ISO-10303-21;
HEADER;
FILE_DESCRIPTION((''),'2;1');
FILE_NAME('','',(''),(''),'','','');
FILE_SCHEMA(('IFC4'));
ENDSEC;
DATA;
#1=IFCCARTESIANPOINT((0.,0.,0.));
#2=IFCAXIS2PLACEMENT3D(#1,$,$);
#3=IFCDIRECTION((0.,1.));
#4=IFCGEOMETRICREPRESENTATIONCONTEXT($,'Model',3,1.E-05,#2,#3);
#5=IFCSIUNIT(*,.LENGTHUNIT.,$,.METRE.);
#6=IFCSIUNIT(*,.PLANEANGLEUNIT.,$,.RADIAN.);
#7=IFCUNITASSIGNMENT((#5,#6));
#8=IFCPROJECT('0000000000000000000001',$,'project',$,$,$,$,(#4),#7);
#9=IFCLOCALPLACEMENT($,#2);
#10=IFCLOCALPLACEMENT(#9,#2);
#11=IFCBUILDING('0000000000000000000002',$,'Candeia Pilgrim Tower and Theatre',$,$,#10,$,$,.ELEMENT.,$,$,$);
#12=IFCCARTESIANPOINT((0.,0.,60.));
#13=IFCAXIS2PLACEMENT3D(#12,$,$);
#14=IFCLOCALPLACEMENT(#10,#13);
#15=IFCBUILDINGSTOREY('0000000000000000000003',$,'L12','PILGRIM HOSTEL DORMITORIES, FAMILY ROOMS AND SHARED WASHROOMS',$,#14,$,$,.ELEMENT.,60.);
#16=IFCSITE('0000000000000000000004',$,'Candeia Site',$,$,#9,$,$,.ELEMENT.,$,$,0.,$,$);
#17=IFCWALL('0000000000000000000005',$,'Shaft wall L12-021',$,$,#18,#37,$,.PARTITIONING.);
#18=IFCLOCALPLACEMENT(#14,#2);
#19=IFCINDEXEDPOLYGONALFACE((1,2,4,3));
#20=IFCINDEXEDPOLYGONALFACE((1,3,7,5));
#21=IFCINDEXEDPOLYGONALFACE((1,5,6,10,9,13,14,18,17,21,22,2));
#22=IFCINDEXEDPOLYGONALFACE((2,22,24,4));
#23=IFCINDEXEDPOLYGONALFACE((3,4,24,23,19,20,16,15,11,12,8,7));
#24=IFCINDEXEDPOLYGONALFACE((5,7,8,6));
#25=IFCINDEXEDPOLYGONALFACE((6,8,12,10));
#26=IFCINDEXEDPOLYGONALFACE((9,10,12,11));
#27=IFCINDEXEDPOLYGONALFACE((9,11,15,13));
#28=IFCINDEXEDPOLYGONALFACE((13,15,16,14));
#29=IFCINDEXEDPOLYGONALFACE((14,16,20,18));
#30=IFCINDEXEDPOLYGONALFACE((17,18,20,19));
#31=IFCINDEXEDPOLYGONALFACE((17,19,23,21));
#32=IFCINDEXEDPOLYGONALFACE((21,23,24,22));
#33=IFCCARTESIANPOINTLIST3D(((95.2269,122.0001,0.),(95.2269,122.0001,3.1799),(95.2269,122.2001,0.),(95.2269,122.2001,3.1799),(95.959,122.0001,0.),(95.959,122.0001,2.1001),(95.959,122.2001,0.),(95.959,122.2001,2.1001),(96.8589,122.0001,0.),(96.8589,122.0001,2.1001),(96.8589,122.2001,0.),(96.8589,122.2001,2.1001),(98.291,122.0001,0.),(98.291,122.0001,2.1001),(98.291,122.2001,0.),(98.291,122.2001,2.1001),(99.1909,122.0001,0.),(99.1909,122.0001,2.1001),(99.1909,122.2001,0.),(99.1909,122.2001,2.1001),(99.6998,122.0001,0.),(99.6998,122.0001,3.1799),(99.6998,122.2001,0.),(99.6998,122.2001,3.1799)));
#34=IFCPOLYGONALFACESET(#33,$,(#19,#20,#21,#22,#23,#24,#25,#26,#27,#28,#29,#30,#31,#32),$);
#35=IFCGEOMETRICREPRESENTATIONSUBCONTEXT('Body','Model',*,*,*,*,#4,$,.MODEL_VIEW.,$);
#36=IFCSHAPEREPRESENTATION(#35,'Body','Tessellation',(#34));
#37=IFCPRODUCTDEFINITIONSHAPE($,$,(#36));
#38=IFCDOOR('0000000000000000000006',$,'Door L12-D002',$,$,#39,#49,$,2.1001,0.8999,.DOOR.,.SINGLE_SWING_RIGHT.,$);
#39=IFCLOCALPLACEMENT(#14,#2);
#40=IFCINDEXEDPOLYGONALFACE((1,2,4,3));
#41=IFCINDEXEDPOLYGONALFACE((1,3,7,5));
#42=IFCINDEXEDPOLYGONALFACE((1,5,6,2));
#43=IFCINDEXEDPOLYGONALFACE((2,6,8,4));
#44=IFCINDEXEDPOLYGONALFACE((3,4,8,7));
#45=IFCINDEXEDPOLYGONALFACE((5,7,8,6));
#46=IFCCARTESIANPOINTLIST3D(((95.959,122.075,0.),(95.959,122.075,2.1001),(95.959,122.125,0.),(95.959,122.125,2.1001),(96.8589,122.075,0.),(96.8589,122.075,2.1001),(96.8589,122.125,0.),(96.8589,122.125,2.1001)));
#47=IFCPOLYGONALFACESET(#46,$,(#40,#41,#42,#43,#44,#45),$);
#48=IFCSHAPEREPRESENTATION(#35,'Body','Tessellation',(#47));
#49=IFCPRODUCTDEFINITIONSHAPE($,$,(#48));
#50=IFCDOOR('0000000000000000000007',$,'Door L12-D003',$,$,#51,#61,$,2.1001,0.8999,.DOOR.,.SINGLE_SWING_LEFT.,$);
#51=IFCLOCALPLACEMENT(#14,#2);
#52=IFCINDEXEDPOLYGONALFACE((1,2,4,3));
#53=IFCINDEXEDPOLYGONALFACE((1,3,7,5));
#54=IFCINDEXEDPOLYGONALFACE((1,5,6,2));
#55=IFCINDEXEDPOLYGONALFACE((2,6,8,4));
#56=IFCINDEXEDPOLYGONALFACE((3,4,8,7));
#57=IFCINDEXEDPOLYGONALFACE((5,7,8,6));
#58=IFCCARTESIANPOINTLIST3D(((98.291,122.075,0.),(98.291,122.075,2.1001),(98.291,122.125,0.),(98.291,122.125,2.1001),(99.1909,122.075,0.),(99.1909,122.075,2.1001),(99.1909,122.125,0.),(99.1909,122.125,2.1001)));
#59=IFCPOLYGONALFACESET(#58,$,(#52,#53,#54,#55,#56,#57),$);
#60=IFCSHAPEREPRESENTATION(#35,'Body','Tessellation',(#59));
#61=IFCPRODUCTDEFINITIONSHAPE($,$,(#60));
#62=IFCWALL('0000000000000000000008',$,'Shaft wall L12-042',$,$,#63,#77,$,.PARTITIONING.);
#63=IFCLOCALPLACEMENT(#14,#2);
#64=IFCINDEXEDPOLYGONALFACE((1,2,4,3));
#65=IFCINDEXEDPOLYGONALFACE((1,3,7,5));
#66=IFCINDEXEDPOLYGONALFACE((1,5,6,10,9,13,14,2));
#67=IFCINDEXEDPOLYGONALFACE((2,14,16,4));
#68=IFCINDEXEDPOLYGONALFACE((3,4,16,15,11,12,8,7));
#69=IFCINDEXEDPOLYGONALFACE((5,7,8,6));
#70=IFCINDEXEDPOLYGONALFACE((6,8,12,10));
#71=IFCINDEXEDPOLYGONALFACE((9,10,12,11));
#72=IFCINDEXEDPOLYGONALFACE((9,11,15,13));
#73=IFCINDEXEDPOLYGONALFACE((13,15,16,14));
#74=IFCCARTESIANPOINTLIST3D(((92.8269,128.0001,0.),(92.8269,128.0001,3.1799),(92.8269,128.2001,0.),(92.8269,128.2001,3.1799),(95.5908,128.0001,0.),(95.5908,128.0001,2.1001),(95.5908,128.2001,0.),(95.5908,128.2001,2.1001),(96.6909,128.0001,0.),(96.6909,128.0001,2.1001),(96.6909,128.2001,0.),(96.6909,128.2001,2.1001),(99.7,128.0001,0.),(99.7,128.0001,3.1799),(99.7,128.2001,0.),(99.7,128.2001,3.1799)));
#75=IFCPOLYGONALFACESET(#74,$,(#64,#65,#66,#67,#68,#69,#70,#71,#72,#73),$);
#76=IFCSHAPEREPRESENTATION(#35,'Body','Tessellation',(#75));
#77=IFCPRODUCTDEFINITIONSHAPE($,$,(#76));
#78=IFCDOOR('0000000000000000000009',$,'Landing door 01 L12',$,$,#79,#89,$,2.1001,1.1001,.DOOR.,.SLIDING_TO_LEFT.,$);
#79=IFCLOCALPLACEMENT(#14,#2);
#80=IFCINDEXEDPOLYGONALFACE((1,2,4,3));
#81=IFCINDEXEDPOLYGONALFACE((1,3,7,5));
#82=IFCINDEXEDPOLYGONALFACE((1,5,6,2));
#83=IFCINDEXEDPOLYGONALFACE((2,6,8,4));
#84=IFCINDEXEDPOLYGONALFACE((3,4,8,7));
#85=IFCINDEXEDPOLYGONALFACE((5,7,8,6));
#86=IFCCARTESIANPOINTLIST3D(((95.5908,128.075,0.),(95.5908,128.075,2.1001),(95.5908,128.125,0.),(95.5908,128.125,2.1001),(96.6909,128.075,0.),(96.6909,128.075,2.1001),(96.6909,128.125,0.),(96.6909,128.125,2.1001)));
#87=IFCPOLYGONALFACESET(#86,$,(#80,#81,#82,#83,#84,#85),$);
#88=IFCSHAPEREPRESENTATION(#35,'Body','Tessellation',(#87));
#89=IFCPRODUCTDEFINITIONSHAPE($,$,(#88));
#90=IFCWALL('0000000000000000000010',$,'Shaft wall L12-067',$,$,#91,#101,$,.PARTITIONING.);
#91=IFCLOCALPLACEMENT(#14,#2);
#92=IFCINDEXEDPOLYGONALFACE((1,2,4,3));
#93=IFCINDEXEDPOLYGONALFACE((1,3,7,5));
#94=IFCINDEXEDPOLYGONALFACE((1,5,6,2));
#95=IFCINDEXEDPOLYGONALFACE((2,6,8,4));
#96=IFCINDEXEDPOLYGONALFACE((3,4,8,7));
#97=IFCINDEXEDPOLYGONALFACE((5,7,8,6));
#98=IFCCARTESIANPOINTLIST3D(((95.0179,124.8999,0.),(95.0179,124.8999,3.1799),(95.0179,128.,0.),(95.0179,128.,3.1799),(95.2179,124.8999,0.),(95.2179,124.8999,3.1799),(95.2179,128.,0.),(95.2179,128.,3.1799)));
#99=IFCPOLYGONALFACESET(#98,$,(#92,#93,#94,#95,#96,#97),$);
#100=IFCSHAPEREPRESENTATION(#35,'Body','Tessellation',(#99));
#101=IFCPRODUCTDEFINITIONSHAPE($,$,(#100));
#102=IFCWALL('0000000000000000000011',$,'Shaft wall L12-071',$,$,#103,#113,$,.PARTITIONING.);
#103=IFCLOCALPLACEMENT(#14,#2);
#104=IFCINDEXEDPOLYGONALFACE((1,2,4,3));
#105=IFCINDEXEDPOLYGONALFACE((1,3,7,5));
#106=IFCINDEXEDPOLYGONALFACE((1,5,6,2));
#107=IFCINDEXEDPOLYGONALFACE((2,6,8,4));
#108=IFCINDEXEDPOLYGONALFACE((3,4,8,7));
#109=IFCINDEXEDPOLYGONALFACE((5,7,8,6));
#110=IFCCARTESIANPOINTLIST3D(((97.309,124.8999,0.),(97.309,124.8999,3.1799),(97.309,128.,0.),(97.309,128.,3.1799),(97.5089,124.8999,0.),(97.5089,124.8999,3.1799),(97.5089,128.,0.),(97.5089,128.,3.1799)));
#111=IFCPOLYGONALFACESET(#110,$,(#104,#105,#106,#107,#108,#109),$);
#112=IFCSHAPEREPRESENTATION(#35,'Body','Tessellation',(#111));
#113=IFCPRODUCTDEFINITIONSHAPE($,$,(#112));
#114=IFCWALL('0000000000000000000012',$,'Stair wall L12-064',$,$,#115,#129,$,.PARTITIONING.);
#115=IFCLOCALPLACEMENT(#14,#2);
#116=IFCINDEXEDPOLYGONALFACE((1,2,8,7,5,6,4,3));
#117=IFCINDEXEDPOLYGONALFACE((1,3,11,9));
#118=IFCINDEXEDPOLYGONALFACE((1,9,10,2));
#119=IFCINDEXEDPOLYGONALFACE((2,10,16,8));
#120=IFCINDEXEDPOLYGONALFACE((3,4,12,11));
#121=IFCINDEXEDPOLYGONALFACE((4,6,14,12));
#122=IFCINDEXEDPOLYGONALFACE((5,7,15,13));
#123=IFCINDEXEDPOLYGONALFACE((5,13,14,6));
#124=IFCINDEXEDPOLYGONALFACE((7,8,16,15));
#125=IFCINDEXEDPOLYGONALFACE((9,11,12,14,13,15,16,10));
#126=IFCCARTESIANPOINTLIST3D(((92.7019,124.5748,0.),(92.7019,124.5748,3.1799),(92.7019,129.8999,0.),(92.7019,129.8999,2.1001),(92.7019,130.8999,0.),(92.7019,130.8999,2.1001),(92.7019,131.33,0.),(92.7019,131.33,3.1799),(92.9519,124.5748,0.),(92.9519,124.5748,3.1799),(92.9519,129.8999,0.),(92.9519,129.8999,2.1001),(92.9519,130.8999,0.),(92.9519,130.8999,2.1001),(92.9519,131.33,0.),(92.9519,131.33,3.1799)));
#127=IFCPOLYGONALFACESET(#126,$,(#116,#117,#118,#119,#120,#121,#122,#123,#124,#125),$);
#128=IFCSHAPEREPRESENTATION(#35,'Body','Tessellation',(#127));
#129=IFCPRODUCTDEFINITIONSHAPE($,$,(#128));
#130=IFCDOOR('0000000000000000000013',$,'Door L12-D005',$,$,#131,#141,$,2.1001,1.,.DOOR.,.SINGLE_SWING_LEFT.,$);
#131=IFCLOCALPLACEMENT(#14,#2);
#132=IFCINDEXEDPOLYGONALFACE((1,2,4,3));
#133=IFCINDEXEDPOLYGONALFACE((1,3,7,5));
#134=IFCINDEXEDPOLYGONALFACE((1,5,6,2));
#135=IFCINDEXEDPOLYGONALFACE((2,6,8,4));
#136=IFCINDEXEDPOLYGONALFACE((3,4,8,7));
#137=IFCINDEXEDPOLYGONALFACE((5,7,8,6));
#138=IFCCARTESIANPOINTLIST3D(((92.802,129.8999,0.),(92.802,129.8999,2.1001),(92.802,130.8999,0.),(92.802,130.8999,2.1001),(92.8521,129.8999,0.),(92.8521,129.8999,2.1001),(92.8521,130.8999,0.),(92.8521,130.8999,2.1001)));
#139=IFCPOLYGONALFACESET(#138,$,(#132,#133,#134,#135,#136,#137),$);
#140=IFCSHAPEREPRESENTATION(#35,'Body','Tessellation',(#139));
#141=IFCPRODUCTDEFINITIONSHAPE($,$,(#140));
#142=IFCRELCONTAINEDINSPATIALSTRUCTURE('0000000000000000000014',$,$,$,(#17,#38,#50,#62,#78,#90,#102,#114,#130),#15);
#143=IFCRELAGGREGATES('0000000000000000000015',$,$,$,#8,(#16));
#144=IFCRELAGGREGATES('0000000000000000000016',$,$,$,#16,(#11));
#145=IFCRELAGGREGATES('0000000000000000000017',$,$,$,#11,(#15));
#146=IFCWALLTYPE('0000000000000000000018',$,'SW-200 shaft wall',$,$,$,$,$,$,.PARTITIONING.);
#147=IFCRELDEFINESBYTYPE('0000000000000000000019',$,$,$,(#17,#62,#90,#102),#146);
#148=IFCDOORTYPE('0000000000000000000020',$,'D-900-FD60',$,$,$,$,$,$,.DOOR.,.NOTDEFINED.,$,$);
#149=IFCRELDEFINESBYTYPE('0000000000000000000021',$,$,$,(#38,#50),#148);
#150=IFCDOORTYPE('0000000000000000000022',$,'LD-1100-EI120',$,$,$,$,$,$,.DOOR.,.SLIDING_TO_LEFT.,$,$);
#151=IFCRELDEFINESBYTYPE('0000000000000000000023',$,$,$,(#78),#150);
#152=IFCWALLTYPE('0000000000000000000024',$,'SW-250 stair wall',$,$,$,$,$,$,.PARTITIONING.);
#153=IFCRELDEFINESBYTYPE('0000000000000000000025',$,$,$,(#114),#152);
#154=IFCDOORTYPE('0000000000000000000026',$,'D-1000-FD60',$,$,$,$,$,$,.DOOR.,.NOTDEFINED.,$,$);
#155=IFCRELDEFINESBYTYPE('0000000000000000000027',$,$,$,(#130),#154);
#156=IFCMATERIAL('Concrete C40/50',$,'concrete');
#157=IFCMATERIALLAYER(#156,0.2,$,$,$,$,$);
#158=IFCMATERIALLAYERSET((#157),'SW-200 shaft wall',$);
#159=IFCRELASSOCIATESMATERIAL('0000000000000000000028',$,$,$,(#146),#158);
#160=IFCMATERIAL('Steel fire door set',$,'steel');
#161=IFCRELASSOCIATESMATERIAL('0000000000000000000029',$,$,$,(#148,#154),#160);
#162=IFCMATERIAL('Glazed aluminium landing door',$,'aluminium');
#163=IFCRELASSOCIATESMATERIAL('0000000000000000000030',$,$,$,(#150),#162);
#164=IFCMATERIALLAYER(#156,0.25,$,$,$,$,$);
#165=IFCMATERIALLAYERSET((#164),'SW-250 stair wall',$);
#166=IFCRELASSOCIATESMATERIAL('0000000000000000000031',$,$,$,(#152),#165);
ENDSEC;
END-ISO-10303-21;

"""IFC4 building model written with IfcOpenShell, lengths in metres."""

from ifc_helpers import new_model, si_unit, direction, frame, frame_2d, origin, place, context, subcontext, project, spatial, rectangle, extrude, material, layer, layer_set, type_object, element, fill, save


model = new_model("IFC4")

# Units and contexts
model_context = context("Model", 3, precision=1e-05, world=origin(), true_north=direction((0.0, 1.0)))
body_context = subcontext(model_context, "Body", "Model", "MODEL_VIEW")
ifc_project = project(units=[si_unit("LENGTHUNIT", "METRE"), si_unit("PLANEANGLEUNIT", "RADIAN")], contexts=[model_context])

# Site, building, storey
site_placement = place(None, origin())
site = spatial("IfcSite", under=ifc_project, at=site_placement, Name="Candeia Site", CompositionType="ELEMENT", RefElevation=0.0)
building_placement = place(site_placement, origin())
building = spatial("IfcBuilding", under=site, at=building_placement, Name="Candeia Pilgrim Tower and Theatre", CompositionType="ELEMENT")
storey_placement = place(building_placement, frame((0.0, 0.0, 60.0)))
storey = spatial("IfcBuildingStorey", under=building, at=storey_placement, Name="L12", Description="PILGRIM HOSTEL DORMITORIES, FAMILY ROOMS AND SHARED WASHROOMS", CompositionType="ELEMENT", Elevation=60.0)

# Shared definitions
ifc_material_1 = material(Name="Steel fire door set", Category="steel")

# Wall, openings, doors
ifc_material_2 = material(Name="Concrete C40/50", Category="concrete")
ifc_layer_1 = layer(ifc_material_2, 0.2)
ifc_layer_set_1 = layer_set([ifc_layer_1], Name="SW-200 shaft wall")
wall_type_1 = type_object("IfcWallType", Name="SW-200 shaft wall", PredefinedType="PARTITIONING", material=ifc_layer_set_1)
wall_1_placement = place(storey_placement, frame((95.2271, 122.1001, 0.0), z_axis=(0.0, 0.0, 1.0), x_axis=(1.0, 0.0, 0.0)))
wall_1 = element("IfcWall", 1, at=wall_1_placement, inside=storey, type_object=wall_type_1, Name="Shaft wall L12-021", PredefinedType="PARTITIONING", context=body_context, shape_type="SweptSolid", body=[
    extrude(rectangle(XDim=4.4729, YDim=0.2, at=frame_2d((2.2363, 0.0))), origin(), (0.0, 0.0, 1.0), 3.1799),
])
opening_1_placement = place(wall_1_placement, frame((0.7319, 0.0, 0.0)))
opening_1 = element("IfcOpeningElement", 2, at=opening_1_placement, cuts=wall_1, PredefinedType="OPENING", context=body_context, shape_type="SweptSolid", body=[
    extrude(rectangle(XDim=0.8999, YDim=2.1001, at=frame_2d((0.45, 1.05))), frame((0.0, 0.1099, 0.0), z_axis=(0.0, -1.0, 0.0), x_axis=(1.0, 0.0, 0.0)), (0.0, 0.0, 1.0), 0.22),
])
opening_2_placement = place(wall_1_placement, frame((3.064, 0.0, 0.0)))
opening_2 = element("IfcOpeningElement", 3, at=opening_2_placement, cuts=wall_1, PredefinedType="OPENING", context=body_context, shape_type="SweptSolid", body=[
    extrude(rectangle(XDim=0.8999, YDim=2.1001, at=frame_2d((0.45, 1.05))), frame((0.0, 0.1099, 0.0), z_axis=(0.0, -1.0, 0.0), x_axis=(1.0, 0.0, 0.0)), (0.0, 0.0, 1.0), 0.22),
])
door_type_1 = type_object("IfcDoorType", Name="D-900-FD60", OperationType="NOTDEFINED", PredefinedType="DOOR", material=ifc_material_1)
door_1_placement = place(opening_1_placement, origin())
door_1 = element("IfcDoor", 4, at=door_1_placement, inside=storey, type_object=door_type_1, Name="Door L12-D002", OperationType="SINGLE_SWING_RIGHT", OverallHeight=2.1001, OverallWidth=0.8999, PredefinedType="DOOR", context=body_context, shape_type="SweptSolid", body=[
    extrude(rectangle(XDim=0.8999, YDim=2.1001, at=frame_2d((0.45, 1.05))), frame((0.0, 0.0249, 0.0), z_axis=(0.0, -1.0, 0.0), x_axis=(1.0, 0.0, 0.0)), (0.0, 0.0, 1.0), 0.05),
])
fill(opening_1, door_1)
door_2_placement = place(opening_2_placement, origin())
door_2 = element("IfcDoor", 5, at=door_2_placement, inside=storey, type_object=door_type_1, Name="Door L12-D003", OperationType="SINGLE_SWING_LEFT", OverallHeight=2.1001, OverallWidth=0.8999, PredefinedType="DOOR", context=body_context, shape_type="SweptSolid", body=[
    extrude(rectangle(XDim=0.8999, YDim=2.1001, at=frame_2d((0.45, 1.05))), frame((0.0, 0.0249, 0.0), z_axis=(0.0, -1.0, 0.0), x_axis=(1.0, 0.0, 0.0)), (0.0, 0.0, 1.0), 0.05),
])
fill(opening_2, door_2)

# Wall, opening, door
wall_2_placement = place(storey_placement, frame((92.8269, 128.1001, 0.0), z_axis=(0.0, 0.0, 1.0), x_axis=(1.0, 0.0, 0.0)))
wall_2 = element("IfcWall", 6, at=wall_2_placement, inside=storey, type_object=wall_type_1, Name="Shaft wall L12-042", PredefinedType="PARTITIONING", context=body_context, shape_type="SweptSolid", body=[
    extrude(rectangle(XDim=6.873, YDim=0.2, at=frame_2d((3.4365, 0.0))), origin(), (0.0, 0.0, 1.0), 3.1799),
])
opening_3_placement = place(wall_2_placement, frame((2.7639, 0.0, 0.0)))
opening_3 = element("IfcOpeningElement", 7, at=opening_3_placement, cuts=wall_2, PredefinedType="OPENING", context=body_context, shape_type="SweptSolid", body=[
    extrude(rectangle(XDim=1.1001, YDim=2.1001, at=frame_2d((0.55, 1.05))), frame((0.0, 0.1099, 0.0), z_axis=(0.0, -1.0, 0.0), x_axis=(1.0, 0.0, 0.0)), (0.0, 0.0, 1.0), 0.22),
])
ifc_material_3 = material(Name="Glazed aluminium landing door", Category="aluminium")
door_type_2 = type_object("IfcDoorType", Name="LD-1100-EI120", OperationType="SLIDING_TO_LEFT", PredefinedType="DOOR", material=ifc_material_3)
door_3_placement = place(opening_3_placement, origin())
door_3 = element("IfcDoor", 8, at=door_3_placement, inside=storey, type_object=door_type_2, Name="Landing door 01 L12", OperationType="SLIDING_TO_LEFT", OverallHeight=2.1001, OverallWidth=1.1001, PredefinedType="DOOR", context=body_context, shape_type="SweptSolid", body=[
    extrude(rectangle(XDim=1.1001, YDim=2.1001, at=frame_2d((0.55, 1.05))), frame((0.0, 0.0249, 0.0), z_axis=(0.0, -1.0, 0.0), x_axis=(1.0, 0.0, 0.0)), (0.0, 0.0, 1.0), 0.05),
])
fill(opening_3, door_3)

# Walls
for number, where, z_axis, x_axis, name in (
    (9, (95.1179, 124.8999, 0.0), (0.0, 0.0, 1.0), (0.0, 1.0, 0.0), "Shaft wall L12-067"),
    (10, (97.4089, 124.8999, 0.0), (0.0, 0.0, 1.0), (0.0, 1.0, 0.0), "Shaft wall L12-071"),
):
    element("IfcWall", number, at=place(storey_placement, frame(where, z_axis=z_axis, x_axis=x_axis)), inside=storey, type_object=wall_type_1, Name=name, PredefinedType="PARTITIONING", context=body_context, shape_type="SweptSolid", body=[
        extrude(rectangle(XDim=3.1001, YDim=0.2, at=frame_2d((1.55, 0.0))), origin(), (0.0, 0.0, 1.0), 3.1799),
    ])

# Wall, opening, door
ifc_layer_2 = layer(ifc_material_2, 0.25)
ifc_layer_set_2 = layer_set([ifc_layer_2], Name="SW-250 stair wall")
wall_type_2 = type_object("IfcWallType", Name="SW-250 stair wall", PredefinedType="PARTITIONING", material=ifc_layer_set_2)
wall_3_placement = place(storey_placement, frame((92.8269, 124.575, 0.0), z_axis=(0.0, 0.0, 1.0), x_axis=(0.0, 1.0, 0.0)))
wall_3 = element("IfcWall", 11, at=wall_3_placement, inside=storey, type_object=wall_type_2, Name="Stair wall L12-064", PredefinedType="PARTITIONING", context=body_context, shape_type="SweptSolid", body=[
    extrude(rectangle(XDim=6.7551, YDim=0.25, at=frame_2d((3.3774, 0.0))), origin(), (0.0, 0.0, 1.0), 3.1799),
])
opening_4_placement = place(wall_3_placement, frame((5.325, 0.0, 0.0)))
opening_4 = element("IfcOpeningElement", 12, at=opening_4_placement, cuts=wall_3, PredefinedType="OPENING", context=body_context, shape_type="SweptSolid", body=[
    extrude(rectangle(XDim=1.0, YDim=2.1001, at=frame_2d((0.5, 1.05))), frame((0.0, 0.135, 0.0), z_axis=(0.0, -1.0, 0.0), x_axis=(1.0, 0.0, 0.0)), (0.0, 0.0, 1.0), 0.27),
])
door_type_3 = type_object("IfcDoorType", Name="D-1000-FD60", OperationType="NOTDEFINED", PredefinedType="DOOR", material=ifc_material_1)
door_4_placement = place(opening_4_placement, origin())
door_4 = element("IfcDoor", 13, at=door_4_placement, inside=storey, type_object=door_type_3, Name="Door L12-D005", OperationType="SINGLE_SWING_LEFT", OverallHeight=2.1001, OverallWidth=1.0, PredefinedType="DOOR", context=body_context, shape_type="SweptSolid", body=[
    extrude(rectangle(XDim=1.0, YDim=2.1001, at=frame_2d((0.5, 1.05))), frame((0.0, 0.0249, 0.0), z_axis=(0.0, -1.0, 0.0), x_axis=(1.0, 0.0, 0.0)), (0.0, 0.0, 1.0), 0.05),
])
fill(opening_4, door_4)

save(model, "model.ifc")
